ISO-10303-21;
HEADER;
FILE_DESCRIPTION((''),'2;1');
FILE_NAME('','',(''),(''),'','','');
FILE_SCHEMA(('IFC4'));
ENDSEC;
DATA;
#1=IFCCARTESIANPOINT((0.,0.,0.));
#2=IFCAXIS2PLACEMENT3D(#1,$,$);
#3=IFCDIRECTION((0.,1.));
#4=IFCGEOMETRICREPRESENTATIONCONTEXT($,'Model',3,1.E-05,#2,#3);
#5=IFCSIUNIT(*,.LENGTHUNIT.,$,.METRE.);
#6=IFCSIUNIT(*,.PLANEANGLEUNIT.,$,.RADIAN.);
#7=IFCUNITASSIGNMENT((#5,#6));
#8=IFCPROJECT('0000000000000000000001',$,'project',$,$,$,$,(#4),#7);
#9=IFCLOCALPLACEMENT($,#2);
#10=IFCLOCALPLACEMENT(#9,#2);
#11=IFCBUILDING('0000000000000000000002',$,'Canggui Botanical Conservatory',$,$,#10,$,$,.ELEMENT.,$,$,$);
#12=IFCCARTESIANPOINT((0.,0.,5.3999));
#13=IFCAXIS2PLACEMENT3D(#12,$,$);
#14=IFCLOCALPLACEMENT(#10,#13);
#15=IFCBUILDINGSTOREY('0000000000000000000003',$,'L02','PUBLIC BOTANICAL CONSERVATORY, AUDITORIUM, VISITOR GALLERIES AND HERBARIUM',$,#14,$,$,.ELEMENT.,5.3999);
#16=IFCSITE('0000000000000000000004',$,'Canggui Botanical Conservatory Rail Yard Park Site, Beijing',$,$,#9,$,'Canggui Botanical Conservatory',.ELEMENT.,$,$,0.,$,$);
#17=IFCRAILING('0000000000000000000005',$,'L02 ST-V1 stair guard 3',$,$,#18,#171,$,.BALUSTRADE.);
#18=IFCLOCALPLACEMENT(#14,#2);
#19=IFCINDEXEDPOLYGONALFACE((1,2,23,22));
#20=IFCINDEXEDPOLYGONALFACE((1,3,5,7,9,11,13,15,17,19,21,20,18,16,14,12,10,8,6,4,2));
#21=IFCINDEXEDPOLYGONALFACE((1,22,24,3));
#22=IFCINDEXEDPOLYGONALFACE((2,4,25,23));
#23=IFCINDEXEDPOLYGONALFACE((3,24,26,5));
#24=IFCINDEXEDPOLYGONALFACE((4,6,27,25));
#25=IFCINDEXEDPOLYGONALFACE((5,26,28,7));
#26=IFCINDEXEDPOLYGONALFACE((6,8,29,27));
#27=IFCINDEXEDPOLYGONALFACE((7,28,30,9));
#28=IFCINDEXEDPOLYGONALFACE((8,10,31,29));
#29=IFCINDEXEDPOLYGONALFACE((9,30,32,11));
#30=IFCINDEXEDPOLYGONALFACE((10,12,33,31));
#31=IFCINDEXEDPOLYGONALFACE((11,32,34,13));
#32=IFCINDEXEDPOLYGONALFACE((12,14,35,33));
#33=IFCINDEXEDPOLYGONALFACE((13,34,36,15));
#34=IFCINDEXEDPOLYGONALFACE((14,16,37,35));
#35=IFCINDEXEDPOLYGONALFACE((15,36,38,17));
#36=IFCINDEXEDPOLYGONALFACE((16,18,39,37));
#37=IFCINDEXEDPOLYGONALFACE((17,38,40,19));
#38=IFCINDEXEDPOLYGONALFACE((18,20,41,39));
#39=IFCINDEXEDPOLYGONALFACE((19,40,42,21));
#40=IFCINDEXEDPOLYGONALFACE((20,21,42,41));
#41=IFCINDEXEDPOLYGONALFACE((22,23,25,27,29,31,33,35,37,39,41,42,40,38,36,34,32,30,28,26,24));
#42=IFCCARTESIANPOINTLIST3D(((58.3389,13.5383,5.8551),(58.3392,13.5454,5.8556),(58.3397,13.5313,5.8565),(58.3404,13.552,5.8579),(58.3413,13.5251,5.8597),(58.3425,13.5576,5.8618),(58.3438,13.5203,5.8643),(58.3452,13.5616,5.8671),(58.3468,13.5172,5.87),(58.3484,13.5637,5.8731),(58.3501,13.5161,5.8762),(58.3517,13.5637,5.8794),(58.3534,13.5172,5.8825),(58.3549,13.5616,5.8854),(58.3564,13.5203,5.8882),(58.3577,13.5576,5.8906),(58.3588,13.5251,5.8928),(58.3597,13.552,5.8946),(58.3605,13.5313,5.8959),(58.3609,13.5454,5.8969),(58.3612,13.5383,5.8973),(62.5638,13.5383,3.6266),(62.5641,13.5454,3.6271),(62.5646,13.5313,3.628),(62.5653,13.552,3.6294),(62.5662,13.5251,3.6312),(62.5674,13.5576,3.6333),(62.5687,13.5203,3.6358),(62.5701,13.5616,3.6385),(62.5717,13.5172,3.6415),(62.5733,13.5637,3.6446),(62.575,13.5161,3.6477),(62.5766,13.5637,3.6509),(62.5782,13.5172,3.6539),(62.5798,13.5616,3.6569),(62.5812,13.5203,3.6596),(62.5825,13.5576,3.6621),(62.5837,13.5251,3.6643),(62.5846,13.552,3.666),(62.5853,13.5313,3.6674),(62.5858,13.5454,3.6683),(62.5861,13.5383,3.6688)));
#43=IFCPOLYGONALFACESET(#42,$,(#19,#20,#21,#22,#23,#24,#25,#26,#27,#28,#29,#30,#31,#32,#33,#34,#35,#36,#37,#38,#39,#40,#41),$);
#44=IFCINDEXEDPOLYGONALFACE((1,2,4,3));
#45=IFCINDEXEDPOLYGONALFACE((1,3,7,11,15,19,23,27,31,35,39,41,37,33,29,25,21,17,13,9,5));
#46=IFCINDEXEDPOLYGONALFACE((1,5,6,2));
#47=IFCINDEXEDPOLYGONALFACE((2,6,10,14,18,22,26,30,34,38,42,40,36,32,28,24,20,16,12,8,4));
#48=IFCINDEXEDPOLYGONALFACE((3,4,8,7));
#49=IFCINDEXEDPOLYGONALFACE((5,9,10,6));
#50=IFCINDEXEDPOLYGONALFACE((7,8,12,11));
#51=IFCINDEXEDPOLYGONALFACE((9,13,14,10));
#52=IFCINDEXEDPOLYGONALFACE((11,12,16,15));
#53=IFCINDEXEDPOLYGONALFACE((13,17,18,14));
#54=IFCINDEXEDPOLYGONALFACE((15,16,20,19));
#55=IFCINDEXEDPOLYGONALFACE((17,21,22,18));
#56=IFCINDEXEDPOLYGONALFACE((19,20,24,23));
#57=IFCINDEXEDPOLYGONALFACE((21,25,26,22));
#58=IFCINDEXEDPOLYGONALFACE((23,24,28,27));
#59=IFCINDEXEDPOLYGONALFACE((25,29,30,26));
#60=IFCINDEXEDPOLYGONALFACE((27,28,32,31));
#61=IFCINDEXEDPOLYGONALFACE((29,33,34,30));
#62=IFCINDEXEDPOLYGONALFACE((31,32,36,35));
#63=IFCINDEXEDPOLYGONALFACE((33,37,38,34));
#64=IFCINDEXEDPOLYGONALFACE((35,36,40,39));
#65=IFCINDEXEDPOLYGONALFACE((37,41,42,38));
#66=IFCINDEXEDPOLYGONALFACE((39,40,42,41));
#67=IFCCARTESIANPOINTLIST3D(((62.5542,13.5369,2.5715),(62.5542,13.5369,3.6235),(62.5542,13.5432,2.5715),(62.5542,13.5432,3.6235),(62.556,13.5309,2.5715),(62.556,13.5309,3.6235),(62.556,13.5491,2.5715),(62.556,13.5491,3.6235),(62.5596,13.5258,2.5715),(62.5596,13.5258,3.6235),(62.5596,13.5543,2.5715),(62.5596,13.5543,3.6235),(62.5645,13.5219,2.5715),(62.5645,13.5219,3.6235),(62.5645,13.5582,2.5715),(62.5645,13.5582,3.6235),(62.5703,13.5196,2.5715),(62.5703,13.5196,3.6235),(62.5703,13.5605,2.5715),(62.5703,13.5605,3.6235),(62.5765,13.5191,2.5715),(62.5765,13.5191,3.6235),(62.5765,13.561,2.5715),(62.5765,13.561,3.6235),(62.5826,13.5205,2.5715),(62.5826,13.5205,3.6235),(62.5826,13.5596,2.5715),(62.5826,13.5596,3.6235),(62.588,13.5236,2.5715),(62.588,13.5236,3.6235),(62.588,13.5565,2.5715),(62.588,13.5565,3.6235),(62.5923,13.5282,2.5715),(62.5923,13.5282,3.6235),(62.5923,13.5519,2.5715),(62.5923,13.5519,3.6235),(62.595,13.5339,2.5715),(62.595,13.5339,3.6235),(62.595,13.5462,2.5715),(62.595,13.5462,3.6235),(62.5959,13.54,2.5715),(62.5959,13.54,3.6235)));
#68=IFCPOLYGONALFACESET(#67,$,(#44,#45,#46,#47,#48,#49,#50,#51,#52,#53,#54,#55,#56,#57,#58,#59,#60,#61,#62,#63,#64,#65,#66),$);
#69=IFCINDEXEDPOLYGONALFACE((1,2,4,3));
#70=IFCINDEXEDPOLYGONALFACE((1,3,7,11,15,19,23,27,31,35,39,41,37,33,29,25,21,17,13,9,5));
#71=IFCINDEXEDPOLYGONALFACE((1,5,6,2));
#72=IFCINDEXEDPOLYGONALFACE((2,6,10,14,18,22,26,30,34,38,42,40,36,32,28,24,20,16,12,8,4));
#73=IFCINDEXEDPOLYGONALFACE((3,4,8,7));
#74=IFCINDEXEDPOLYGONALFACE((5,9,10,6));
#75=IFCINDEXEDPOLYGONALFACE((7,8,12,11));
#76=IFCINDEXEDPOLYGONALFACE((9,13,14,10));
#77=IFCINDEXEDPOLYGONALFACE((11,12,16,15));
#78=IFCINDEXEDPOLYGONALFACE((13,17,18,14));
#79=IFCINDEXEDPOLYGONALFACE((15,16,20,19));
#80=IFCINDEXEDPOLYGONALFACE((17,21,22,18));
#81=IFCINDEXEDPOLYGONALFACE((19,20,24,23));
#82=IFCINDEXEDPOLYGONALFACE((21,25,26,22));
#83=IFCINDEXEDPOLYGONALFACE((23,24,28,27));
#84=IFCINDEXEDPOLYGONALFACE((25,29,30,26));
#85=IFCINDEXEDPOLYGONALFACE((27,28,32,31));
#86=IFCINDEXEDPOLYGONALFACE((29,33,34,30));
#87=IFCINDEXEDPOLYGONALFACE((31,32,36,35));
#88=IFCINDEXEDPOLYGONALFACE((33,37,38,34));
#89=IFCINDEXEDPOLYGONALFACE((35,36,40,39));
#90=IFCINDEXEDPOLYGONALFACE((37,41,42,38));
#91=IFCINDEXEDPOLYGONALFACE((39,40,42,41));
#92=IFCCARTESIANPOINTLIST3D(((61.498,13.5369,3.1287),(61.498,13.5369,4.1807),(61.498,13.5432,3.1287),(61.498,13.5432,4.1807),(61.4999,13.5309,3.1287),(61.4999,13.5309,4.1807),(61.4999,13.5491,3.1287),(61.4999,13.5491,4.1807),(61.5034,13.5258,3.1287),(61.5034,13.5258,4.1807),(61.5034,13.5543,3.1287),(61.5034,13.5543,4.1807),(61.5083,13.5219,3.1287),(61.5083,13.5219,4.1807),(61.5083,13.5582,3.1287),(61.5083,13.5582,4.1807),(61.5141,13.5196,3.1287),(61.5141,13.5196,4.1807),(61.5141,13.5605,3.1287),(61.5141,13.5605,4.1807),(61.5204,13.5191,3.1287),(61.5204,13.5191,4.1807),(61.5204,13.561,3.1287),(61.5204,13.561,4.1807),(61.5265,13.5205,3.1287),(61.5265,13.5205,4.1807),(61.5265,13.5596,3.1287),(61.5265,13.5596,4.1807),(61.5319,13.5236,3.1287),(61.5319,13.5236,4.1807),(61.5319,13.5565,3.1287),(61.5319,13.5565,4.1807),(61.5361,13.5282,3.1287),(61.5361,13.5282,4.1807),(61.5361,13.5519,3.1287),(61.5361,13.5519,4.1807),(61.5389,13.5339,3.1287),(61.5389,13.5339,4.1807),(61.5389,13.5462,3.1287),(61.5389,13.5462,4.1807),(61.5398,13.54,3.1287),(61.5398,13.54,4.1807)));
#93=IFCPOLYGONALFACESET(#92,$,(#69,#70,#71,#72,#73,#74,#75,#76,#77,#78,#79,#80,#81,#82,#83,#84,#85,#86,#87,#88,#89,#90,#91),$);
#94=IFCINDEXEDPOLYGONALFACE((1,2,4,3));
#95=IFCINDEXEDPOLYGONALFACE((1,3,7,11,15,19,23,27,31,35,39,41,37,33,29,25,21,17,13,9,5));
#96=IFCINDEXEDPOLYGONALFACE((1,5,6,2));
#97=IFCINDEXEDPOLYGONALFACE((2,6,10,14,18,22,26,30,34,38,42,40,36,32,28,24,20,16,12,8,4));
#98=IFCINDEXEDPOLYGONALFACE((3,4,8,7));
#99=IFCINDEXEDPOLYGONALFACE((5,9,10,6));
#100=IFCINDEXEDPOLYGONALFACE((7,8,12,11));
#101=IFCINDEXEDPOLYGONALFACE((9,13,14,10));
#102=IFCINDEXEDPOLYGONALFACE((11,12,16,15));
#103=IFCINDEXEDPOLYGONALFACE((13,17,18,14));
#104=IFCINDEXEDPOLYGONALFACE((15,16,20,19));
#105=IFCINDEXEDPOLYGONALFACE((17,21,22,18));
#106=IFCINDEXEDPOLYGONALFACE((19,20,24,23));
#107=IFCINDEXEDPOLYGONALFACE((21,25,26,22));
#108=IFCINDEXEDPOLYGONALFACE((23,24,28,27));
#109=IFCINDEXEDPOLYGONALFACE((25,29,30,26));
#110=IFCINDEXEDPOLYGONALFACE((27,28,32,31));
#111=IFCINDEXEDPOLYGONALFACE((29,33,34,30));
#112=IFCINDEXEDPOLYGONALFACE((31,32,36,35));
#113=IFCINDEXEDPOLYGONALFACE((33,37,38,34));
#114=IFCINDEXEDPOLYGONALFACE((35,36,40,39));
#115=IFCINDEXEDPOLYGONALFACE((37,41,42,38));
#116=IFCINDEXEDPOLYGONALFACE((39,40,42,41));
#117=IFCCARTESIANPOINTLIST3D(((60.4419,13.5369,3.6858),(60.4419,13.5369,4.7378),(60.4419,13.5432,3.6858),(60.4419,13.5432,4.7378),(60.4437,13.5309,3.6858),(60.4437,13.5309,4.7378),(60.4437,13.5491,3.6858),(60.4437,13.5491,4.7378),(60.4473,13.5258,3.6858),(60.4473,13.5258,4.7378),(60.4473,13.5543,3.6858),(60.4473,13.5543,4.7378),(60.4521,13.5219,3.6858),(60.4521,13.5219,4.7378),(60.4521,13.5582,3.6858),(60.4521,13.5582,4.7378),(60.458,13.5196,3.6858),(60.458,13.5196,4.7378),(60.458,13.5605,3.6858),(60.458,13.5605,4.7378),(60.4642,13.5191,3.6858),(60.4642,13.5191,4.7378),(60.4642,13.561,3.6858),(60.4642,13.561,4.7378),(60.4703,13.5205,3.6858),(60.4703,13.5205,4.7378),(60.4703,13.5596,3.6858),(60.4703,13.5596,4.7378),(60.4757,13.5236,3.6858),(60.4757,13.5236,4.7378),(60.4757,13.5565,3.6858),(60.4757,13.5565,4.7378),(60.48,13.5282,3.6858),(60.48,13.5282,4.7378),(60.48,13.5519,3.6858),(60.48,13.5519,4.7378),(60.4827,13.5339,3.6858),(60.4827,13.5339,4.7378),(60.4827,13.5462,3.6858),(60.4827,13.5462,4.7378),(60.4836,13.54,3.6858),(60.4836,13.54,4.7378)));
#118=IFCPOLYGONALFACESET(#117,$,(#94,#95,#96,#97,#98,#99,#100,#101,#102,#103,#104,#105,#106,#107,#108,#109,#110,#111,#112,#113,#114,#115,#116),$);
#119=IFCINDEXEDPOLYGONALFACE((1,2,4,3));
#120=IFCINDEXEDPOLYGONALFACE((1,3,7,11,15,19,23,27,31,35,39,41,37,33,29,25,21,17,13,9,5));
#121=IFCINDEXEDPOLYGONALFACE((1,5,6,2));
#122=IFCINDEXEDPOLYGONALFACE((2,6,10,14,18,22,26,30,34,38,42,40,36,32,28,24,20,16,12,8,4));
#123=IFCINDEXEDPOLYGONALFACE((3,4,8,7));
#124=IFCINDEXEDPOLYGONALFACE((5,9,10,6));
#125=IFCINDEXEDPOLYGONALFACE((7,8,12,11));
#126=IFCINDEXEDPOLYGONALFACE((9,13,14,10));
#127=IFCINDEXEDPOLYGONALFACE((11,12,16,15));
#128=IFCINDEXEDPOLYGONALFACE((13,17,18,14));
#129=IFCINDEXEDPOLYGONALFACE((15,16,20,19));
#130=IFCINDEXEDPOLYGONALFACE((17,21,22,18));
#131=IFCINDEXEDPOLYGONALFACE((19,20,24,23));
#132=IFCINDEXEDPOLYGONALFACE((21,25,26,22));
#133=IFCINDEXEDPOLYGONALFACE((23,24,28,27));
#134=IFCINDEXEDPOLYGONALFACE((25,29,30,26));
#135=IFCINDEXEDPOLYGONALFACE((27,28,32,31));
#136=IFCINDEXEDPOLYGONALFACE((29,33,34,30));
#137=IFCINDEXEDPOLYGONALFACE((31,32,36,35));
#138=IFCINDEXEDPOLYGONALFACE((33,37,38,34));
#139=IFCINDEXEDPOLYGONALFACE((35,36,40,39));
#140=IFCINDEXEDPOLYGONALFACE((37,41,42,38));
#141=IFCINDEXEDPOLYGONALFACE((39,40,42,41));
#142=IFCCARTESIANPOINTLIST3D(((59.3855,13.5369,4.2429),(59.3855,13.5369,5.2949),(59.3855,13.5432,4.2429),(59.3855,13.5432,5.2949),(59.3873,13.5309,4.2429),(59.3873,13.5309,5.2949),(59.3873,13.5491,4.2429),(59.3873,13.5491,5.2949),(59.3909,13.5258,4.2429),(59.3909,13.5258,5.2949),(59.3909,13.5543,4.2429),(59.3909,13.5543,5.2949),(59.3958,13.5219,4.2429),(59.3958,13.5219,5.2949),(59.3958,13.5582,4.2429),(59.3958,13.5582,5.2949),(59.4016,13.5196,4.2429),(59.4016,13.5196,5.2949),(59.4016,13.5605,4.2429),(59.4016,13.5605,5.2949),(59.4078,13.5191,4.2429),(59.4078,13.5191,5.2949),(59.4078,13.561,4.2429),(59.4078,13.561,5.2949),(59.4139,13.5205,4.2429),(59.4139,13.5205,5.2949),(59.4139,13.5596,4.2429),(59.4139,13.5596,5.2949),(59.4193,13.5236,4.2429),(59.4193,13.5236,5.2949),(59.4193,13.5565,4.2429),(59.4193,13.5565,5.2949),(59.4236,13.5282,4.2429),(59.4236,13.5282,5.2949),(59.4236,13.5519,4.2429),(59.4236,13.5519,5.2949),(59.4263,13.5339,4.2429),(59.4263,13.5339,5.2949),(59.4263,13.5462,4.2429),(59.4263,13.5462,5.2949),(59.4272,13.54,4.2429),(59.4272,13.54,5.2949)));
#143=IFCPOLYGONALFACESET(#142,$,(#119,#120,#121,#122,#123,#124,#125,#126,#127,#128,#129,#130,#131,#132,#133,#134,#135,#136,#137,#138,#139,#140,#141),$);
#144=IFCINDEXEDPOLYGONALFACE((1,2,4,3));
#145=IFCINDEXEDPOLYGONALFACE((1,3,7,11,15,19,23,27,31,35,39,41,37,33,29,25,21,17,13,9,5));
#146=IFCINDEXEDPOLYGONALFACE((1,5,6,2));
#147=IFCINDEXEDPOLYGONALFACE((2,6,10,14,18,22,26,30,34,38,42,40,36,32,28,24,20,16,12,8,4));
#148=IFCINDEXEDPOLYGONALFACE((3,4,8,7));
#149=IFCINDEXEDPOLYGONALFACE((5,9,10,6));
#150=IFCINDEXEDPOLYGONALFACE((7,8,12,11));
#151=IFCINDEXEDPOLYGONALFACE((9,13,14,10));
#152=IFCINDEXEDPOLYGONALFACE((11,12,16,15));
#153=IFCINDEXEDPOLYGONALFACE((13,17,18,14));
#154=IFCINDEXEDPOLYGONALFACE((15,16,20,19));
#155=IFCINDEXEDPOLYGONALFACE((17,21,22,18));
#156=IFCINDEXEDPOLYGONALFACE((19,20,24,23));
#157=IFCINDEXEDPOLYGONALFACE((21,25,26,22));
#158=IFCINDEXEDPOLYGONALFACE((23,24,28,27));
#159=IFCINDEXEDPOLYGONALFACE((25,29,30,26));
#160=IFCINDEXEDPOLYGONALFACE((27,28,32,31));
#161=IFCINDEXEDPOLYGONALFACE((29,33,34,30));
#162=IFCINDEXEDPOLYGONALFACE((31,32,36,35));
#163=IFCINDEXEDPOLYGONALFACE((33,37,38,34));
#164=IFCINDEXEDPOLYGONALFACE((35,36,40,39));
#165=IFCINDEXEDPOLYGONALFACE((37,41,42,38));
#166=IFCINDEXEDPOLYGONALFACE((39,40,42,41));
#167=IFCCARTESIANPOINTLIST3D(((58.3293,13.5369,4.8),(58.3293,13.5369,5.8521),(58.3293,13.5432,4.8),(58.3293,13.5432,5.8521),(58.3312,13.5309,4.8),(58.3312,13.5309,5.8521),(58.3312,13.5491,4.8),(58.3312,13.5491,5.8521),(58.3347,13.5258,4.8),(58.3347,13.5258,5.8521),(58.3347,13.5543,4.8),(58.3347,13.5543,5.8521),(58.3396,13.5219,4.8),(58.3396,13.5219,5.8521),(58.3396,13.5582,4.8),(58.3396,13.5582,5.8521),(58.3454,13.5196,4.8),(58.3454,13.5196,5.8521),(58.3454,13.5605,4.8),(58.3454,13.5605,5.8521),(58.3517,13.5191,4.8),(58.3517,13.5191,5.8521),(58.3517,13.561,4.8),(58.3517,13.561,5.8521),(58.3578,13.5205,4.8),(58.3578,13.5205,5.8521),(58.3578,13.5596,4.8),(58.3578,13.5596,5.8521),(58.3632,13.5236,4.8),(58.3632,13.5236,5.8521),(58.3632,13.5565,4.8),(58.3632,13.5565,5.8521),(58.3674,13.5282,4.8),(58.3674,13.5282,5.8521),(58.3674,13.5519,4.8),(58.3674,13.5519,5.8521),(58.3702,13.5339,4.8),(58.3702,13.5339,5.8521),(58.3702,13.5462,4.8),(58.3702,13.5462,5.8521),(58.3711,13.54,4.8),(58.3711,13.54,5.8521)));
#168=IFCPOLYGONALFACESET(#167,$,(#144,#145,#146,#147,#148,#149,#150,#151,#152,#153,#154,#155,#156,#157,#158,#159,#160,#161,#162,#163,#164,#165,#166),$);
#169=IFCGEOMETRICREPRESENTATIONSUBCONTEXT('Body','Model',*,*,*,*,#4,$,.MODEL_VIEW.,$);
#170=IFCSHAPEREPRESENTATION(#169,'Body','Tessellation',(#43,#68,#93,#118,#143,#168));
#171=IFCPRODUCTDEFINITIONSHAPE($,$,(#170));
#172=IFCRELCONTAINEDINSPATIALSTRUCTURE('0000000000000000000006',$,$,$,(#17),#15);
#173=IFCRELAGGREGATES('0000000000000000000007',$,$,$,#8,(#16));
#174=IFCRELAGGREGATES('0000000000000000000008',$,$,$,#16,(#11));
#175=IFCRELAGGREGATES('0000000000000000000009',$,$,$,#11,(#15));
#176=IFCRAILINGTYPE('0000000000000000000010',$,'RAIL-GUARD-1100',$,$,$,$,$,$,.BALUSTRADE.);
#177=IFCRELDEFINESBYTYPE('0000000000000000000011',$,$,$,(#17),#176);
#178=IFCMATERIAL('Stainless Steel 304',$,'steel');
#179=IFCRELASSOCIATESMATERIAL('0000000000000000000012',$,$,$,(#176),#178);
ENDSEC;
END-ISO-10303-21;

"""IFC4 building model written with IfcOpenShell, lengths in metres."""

from ifc_helpers import new_model, si_unit, direction, frame, origin, origin_2d, place, context, subcontext, project, spatial, circle, extrude, material, type_object, element, save


model = new_model("IFC4")

# Units and contexts
model_context = context("Model", 3, precision=1e-05, world=origin(), true_north=direction((0.0, 1.0)))
body_context = subcontext(model_context, "Body", "Model", "MODEL_VIEW")
ifc_project = project(units=[si_unit("LENGTHUNIT", "METRE"), si_unit("PLANEANGLEUNIT", "RADIAN")], contexts=[model_context])

# Site, building, storey
site_placement = place(None, origin())
site = spatial("IfcSite", under=ifc_project, at=site_placement, Name="Canggui Botanical Conservatory Rail Yard Park Site, Beijing", LongName="Canggui Botanical Conservatory", CompositionType="ELEMENT", RefElevation=0.0)
building_placement = place(site_placement, origin())
building = spatial("IfcBuilding", under=site, at=building_placement, Name="Canggui Botanical Conservatory", CompositionType="ELEMENT")
storey_placement = place(building_placement, frame((0.0, 0.0, 5.3999)))
storey = spatial("IfcBuildingStorey", under=building, at=storey_placement, Name="L02", Description="PUBLIC BOTANICAL CONSERVATORY, AUDITORIUM, VISITOR GALLERIES AND HERBARIUM", CompositionType="ELEMENT", Elevation=5.3999)

# Railing
ifc_material_1 = material(Name="Stainless Steel 304", Category="steel")
railing_type_1 = type_object("IfcRailingType", Name="RAIL-GUARD-1100", PredefinedType="BALUSTRADE", material=ifc_material_1)
railing_1_placement = place(storey_placement, frame((62.575, 13.54, 2.5715)))
element("IfcRailing", 1, at=railing_1_placement, inside=storey, type_object=railing_type_1, Name="L02 ST-V1 stair guard 3", PredefinedType="BALUSTRADE", context=body_context, shape_type="SweptSolid", body=[
    extrude(circle(Radius=0.0239, at=origin_2d()), frame((0.0, 0.0, 1.0762), z_axis=(-0.884494, 0.0, 0.466551), x_axis=(0.0, -1.0, 0.0)), (0.0, 0.0, 1.0), 4.7766),
    extrude(circle(Radius=0.021, at=origin_2d()), origin(), (0.0, 0.0, 1.0), 1.052),
    extrude(circle(Radius=0.021, at=origin_2d()), frame((-1.0562, 0.0, 0.5571)), (0.0, 0.0, 1.0), 1.052),
    extrude(circle(Radius=0.021, at=origin_2d()), frame((-2.1123, 0.0, 1.1143)), (0.0, 0.0, 1.0), 1.052),
    extrude(circle(Radius=0.021, at=origin_2d()), frame((-3.1687, 0.0, 1.6714)), (0.0, 0.0, 1.0), 1.052),
    extrude(circle(Radius=0.021, at=origin_2d()), frame((-4.2249, 0.0, 2.2285)), (0.0, 0.0, 1.0), 1.052),
])

save(model, "model.ifc")
